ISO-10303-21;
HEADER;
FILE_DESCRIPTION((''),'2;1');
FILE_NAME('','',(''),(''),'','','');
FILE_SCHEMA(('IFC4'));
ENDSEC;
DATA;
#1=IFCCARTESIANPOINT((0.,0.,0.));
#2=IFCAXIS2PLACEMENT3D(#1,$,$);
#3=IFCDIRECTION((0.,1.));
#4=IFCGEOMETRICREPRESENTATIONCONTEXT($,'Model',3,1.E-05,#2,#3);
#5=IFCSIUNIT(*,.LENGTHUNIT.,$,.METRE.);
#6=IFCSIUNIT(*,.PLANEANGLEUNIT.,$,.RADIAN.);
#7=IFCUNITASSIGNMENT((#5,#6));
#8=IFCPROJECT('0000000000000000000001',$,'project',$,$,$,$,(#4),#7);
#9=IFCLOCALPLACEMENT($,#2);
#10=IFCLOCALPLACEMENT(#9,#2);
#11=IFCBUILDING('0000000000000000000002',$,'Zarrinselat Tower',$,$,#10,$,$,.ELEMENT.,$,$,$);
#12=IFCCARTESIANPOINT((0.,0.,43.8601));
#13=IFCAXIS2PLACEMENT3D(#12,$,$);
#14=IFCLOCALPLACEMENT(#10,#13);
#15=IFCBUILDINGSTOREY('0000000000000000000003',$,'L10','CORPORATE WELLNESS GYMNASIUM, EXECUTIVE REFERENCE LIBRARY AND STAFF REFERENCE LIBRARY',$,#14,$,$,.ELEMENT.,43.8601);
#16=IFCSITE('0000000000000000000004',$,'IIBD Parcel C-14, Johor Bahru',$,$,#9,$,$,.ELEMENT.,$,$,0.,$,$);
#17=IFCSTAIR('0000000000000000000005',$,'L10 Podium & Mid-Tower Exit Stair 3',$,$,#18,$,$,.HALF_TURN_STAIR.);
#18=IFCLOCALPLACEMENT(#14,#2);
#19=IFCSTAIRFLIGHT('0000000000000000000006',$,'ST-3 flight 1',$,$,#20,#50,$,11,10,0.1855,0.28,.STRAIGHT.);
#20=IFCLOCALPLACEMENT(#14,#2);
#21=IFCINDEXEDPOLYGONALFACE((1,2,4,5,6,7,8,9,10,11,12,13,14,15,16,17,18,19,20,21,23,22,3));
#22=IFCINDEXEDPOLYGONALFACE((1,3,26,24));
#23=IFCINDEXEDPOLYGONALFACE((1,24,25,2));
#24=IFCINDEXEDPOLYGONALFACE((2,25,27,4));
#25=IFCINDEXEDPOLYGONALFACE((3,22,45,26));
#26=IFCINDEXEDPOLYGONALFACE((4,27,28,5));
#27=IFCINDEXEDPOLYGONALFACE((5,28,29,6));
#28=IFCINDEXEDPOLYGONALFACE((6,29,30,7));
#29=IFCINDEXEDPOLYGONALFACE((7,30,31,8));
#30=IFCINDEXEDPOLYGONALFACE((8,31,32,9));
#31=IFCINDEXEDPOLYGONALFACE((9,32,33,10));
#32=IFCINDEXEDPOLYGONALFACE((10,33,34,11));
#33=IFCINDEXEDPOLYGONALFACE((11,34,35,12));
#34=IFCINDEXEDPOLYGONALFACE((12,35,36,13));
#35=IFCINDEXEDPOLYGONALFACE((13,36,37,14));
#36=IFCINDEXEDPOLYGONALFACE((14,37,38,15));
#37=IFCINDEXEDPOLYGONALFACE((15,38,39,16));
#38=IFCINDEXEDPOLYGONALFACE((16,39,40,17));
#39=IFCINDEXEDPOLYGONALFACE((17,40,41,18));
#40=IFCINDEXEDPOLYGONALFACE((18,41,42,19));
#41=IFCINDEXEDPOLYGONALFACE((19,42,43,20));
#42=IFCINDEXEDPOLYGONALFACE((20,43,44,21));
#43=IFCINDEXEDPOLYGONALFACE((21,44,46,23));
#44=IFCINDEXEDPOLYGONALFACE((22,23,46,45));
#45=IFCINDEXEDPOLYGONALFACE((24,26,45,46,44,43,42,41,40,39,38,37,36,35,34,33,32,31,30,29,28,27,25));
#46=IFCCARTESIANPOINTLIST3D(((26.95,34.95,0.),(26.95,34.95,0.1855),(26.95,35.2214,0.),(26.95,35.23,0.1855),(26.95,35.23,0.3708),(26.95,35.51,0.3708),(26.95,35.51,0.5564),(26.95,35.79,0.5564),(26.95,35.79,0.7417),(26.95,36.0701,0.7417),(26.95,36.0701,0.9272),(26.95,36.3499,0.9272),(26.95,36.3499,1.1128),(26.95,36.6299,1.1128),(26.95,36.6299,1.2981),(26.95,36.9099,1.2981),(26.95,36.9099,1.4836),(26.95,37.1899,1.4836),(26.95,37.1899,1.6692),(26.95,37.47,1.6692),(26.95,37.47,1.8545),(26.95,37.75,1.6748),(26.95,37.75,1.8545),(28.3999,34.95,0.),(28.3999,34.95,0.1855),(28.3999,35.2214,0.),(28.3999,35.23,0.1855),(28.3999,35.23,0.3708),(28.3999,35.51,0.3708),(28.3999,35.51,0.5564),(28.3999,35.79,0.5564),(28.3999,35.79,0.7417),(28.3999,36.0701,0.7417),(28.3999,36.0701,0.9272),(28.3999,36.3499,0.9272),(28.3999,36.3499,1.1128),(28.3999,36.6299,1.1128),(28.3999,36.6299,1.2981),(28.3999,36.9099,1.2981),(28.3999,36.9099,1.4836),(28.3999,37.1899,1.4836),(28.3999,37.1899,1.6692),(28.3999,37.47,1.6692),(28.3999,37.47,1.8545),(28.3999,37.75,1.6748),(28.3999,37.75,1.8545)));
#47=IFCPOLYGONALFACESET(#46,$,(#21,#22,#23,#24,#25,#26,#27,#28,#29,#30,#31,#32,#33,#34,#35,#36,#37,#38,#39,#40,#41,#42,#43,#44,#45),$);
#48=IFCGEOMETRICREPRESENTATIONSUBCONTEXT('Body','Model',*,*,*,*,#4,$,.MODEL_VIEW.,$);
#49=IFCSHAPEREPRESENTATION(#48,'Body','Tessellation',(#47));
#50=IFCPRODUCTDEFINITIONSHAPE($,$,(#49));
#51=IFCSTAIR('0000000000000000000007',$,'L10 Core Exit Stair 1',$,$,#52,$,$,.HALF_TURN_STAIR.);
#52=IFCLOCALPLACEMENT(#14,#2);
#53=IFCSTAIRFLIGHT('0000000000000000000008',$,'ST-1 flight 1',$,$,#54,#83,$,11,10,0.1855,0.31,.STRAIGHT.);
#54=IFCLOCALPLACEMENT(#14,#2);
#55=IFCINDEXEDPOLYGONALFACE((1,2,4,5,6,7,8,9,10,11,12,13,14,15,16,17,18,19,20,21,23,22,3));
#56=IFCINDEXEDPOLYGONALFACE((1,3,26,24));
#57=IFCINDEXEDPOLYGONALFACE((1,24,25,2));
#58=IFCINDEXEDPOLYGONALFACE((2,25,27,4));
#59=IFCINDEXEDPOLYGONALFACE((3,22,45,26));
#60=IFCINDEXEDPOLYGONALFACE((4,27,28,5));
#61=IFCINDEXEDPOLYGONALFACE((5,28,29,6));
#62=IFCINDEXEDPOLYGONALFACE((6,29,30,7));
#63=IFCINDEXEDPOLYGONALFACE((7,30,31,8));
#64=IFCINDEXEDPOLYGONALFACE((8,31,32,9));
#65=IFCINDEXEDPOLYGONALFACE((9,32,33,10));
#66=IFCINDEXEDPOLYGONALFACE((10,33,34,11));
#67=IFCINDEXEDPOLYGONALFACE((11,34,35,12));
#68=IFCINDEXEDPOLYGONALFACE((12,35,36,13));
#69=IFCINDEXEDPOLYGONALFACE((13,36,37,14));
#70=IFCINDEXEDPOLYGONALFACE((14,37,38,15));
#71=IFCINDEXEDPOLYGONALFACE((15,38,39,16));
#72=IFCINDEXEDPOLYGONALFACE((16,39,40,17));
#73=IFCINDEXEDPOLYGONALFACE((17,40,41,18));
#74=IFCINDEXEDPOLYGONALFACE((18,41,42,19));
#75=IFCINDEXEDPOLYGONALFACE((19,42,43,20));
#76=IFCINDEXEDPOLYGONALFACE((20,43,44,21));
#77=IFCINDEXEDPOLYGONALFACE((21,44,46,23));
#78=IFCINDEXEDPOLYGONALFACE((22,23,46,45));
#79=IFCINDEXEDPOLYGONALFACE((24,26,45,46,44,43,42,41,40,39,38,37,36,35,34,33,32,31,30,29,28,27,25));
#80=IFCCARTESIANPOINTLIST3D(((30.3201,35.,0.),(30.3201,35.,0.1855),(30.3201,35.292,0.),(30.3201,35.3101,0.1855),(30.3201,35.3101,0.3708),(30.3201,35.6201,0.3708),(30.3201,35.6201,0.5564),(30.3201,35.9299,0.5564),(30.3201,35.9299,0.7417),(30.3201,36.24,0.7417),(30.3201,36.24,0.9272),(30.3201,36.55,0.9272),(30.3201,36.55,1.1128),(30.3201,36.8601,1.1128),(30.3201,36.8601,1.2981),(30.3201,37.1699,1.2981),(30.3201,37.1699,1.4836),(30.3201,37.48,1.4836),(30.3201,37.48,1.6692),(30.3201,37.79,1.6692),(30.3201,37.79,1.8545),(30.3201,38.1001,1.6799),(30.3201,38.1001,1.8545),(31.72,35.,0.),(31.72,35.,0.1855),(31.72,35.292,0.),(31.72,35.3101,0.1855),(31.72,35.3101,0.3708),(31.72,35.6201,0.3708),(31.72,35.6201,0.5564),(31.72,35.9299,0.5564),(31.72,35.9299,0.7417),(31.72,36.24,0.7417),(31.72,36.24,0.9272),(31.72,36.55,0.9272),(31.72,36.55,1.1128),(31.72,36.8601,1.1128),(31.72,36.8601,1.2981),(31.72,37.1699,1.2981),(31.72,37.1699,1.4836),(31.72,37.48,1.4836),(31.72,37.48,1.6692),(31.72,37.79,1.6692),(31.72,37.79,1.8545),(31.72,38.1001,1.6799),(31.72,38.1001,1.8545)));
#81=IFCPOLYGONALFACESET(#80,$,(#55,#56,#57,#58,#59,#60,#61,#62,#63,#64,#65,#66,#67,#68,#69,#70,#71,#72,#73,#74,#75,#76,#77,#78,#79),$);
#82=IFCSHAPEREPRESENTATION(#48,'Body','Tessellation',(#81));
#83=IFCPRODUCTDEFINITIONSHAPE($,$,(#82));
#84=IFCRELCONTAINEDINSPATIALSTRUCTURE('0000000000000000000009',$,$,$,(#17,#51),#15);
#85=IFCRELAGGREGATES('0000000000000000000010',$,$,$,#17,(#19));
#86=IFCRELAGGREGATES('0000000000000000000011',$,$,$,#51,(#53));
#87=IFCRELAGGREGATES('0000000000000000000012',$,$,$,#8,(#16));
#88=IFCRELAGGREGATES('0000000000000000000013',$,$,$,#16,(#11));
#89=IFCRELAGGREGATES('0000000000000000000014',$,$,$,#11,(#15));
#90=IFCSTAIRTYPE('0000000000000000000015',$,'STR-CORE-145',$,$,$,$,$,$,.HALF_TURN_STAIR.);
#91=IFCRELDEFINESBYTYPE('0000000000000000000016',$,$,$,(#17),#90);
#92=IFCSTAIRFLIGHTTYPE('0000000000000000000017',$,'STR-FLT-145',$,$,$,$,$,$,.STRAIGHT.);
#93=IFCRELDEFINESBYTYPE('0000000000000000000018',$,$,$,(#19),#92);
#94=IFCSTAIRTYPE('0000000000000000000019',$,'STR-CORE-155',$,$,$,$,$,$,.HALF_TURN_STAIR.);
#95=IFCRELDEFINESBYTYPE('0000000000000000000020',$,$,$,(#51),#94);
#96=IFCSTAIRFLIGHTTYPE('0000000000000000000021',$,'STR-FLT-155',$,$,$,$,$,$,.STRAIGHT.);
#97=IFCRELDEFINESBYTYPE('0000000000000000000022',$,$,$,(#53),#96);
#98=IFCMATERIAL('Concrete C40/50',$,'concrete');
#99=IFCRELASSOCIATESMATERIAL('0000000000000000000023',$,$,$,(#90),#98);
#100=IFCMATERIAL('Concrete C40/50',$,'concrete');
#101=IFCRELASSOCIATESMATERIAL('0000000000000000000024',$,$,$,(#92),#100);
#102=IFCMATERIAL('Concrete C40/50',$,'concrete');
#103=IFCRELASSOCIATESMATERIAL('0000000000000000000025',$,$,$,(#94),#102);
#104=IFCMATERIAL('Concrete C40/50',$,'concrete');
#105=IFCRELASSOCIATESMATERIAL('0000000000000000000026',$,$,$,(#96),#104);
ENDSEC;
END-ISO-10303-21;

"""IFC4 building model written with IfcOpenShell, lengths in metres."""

from ifc_helpers import new_model, si_unit, direction, frame, origin, place, context, subcontext, project, spatial, polyline, outline, extrude, material, type_object, element, aggregate, save


model = new_model("IFC4")

# Units and contexts
model_context = context("Model", 3, precision=1e-05, world=origin(), true_north=direction((0.0, 1.0)))
body_context = subcontext(model_context, "Body", "Model", "MODEL_VIEW")
ifc_project = project(units=[si_unit("LENGTHUNIT", "METRE"), si_unit("PLANEANGLEUNIT", "RADIAN")], contexts=[model_context])

# Site, building, storey
site_placement = place(None, origin())
site = spatial("IfcSite", under=ifc_project, at=site_placement, Name="IIBD Parcel C-14, Johor Bahru", CompositionType="ELEMENT", RefElevation=0.0)
building_placement = place(site_placement, origin())
building = spatial("IfcBuilding", under=site, at=building_placement, Name="Zarrinselat Tower", CompositionType="ELEMENT")
storey_placement = place(building_placement, frame((0.0, 0.0, 43.8601)))
storey = spatial("IfcBuildingStorey", under=building, at=storey_placement, Name="L10", Description="CORPORATE WELLNESS GYMNASIUM, EXECUTIVE REFERENCE LIBRARY AND STAFF REFERENCE LIBRARY", CompositionType="ELEMENT", Elevation=43.8601)

# Stairs, stair flights
ifc_material_1 = material(Name="Concrete C40/50", Category="concrete")
stair_type_1 = type_object("IfcStairType", Name="STR-CORE-145", PredefinedType="HALF_TURN_STAIR", material=ifc_material_1)
stair_1_placement = place(storey_placement, origin())
stair_1 = element("IfcStair", 1, at=stair_1_placement, inside=storey, type_object=stair_type_1, Name="L10 Podium & Mid-Tower Exit Stair 3", PredefinedType="HALF_TURN_STAIR")
ifc_material_2 = material(Name="Concrete C40/50", Category="concrete")
stair_flight_type_1 = type_object("IfcStairFlightType", Name="STR-FLT-145", PredefinedType="STRAIGHT", material=ifc_material_2)
stair_flight_1_placement = place(storey_placement, frame((27.675, 34.95, 0.0), z_axis=(0.0, 0.0, 1.0), x_axis=(0.0, 1.0, 0.0)))
stair_flight_1 = element("IfcStairFlight", 2, at=stair_flight_1_placement, type_object=stair_flight_type_1, Name="ST-3 flight 1", NumberOfRisers=11, NumberOfTreads=10, PredefinedType="STRAIGHT", RiserHeight=0.1855, TreadLength=0.28, context=body_context, shape_type="SweptSolid", body=[
    extrude(outline(polyline([(0.0, 0.0), (0.0, 0.1855), (0.28, 0.1855), (0.28, 0.3708), (0.5601, 0.3708), (0.5601, 0.5564), (0.8401, 0.5564), (0.8401, 0.7417), (1.1201, 0.7417), (1.1201, 0.9272), (1.3999, 0.9272), (1.3999, 1.1128), (1.6799, 1.1128), (1.6799, 1.2981), (1.96, 1.2981), (1.96, 1.4836), (2.24, 1.4836), (2.24, 1.6692), (2.52, 1.6692), (2.52, 1.8545), (2.8, 1.8545), (2.8, 2.04), (2.8, 1.6748), (0.2715, 0.0), (0.0, 0.0)])), frame((0.0, 0.7251, 0.0), z_axis=(0.0, -1.0, 0.0), x_axis=(1.0, 0.0, 0.0)), (0.0, 0.0, 1.0), 1.45),
])
aggregate(stair_1, [stair_flight_1])
ifc_material_3 = material(Name="Concrete C40/50", Category="concrete")
stair_type_2 = type_object("IfcStairType", Name="STR-CORE-155", PredefinedType="HALF_TURN_STAIR", material=ifc_material_3)
stair_2_placement = place(storey_placement, origin())
stair_2 = element("IfcStair", 3, at=stair_2_placement, inside=storey, type_object=stair_type_2, Name="L10 Core Exit Stair 1", PredefinedType="HALF_TURN_STAIR")
ifc_material_4 = material(Name="Concrete C40/50", Category="concrete")
stair_flight_type_2 = type_object("IfcStairFlightType", Name="STR-FLT-155", PredefinedType="STRAIGHT", material=ifc_material_4)
stair_flight_2_placement = place(storey_placement, frame((31.02, 35.0, 0.0), z_axis=(0.0, 0.0, 1.0), x_axis=(0.0, 1.0, 0.0)))
stair_flight_2 = element("IfcStairFlight", 4, at=stair_flight_2_placement, type_object=stair_flight_type_2, Name="ST-1 flight 1", NumberOfRisers=11, NumberOfTreads=10, PredefinedType="STRAIGHT", RiserHeight=0.1855, TreadLength=0.31, context=body_context, shape_type="SweptSolid", body=[
    extrude(outline(polyline([(0.0, 0.0), (0.0, 0.1855), (0.3101, 0.1855), (0.3101, 0.3708), (0.6201, 0.3708), (0.6201, 0.5564), (0.9299, 0.5564), (0.9299, 0.7417), (1.24, 0.7417), (1.24, 0.9272), (1.55, 0.9272), (1.55, 1.1128), (1.8601, 1.1128), (1.8601, 1.2981), (2.1699, 1.2981), (2.1699, 1.4836), (2.48, 1.4836), (2.48, 1.6692), (2.79, 1.6692), (2.79, 1.8545), (3.1001, 1.8545), (3.1001, 2.04), (3.1001, 1.6799), (0.292, 0.0), (0.0, 0.0)])), frame((0.0, 0.7, 0.0), z_axis=(0.0, -1.0, 0.0), x_axis=(1.0, 0.0, 0.0)), (0.0, 0.0, 1.0), 1.3999),
])
aggregate(stair_2, [stair_flight_2])

save(model, "model.ifc")
